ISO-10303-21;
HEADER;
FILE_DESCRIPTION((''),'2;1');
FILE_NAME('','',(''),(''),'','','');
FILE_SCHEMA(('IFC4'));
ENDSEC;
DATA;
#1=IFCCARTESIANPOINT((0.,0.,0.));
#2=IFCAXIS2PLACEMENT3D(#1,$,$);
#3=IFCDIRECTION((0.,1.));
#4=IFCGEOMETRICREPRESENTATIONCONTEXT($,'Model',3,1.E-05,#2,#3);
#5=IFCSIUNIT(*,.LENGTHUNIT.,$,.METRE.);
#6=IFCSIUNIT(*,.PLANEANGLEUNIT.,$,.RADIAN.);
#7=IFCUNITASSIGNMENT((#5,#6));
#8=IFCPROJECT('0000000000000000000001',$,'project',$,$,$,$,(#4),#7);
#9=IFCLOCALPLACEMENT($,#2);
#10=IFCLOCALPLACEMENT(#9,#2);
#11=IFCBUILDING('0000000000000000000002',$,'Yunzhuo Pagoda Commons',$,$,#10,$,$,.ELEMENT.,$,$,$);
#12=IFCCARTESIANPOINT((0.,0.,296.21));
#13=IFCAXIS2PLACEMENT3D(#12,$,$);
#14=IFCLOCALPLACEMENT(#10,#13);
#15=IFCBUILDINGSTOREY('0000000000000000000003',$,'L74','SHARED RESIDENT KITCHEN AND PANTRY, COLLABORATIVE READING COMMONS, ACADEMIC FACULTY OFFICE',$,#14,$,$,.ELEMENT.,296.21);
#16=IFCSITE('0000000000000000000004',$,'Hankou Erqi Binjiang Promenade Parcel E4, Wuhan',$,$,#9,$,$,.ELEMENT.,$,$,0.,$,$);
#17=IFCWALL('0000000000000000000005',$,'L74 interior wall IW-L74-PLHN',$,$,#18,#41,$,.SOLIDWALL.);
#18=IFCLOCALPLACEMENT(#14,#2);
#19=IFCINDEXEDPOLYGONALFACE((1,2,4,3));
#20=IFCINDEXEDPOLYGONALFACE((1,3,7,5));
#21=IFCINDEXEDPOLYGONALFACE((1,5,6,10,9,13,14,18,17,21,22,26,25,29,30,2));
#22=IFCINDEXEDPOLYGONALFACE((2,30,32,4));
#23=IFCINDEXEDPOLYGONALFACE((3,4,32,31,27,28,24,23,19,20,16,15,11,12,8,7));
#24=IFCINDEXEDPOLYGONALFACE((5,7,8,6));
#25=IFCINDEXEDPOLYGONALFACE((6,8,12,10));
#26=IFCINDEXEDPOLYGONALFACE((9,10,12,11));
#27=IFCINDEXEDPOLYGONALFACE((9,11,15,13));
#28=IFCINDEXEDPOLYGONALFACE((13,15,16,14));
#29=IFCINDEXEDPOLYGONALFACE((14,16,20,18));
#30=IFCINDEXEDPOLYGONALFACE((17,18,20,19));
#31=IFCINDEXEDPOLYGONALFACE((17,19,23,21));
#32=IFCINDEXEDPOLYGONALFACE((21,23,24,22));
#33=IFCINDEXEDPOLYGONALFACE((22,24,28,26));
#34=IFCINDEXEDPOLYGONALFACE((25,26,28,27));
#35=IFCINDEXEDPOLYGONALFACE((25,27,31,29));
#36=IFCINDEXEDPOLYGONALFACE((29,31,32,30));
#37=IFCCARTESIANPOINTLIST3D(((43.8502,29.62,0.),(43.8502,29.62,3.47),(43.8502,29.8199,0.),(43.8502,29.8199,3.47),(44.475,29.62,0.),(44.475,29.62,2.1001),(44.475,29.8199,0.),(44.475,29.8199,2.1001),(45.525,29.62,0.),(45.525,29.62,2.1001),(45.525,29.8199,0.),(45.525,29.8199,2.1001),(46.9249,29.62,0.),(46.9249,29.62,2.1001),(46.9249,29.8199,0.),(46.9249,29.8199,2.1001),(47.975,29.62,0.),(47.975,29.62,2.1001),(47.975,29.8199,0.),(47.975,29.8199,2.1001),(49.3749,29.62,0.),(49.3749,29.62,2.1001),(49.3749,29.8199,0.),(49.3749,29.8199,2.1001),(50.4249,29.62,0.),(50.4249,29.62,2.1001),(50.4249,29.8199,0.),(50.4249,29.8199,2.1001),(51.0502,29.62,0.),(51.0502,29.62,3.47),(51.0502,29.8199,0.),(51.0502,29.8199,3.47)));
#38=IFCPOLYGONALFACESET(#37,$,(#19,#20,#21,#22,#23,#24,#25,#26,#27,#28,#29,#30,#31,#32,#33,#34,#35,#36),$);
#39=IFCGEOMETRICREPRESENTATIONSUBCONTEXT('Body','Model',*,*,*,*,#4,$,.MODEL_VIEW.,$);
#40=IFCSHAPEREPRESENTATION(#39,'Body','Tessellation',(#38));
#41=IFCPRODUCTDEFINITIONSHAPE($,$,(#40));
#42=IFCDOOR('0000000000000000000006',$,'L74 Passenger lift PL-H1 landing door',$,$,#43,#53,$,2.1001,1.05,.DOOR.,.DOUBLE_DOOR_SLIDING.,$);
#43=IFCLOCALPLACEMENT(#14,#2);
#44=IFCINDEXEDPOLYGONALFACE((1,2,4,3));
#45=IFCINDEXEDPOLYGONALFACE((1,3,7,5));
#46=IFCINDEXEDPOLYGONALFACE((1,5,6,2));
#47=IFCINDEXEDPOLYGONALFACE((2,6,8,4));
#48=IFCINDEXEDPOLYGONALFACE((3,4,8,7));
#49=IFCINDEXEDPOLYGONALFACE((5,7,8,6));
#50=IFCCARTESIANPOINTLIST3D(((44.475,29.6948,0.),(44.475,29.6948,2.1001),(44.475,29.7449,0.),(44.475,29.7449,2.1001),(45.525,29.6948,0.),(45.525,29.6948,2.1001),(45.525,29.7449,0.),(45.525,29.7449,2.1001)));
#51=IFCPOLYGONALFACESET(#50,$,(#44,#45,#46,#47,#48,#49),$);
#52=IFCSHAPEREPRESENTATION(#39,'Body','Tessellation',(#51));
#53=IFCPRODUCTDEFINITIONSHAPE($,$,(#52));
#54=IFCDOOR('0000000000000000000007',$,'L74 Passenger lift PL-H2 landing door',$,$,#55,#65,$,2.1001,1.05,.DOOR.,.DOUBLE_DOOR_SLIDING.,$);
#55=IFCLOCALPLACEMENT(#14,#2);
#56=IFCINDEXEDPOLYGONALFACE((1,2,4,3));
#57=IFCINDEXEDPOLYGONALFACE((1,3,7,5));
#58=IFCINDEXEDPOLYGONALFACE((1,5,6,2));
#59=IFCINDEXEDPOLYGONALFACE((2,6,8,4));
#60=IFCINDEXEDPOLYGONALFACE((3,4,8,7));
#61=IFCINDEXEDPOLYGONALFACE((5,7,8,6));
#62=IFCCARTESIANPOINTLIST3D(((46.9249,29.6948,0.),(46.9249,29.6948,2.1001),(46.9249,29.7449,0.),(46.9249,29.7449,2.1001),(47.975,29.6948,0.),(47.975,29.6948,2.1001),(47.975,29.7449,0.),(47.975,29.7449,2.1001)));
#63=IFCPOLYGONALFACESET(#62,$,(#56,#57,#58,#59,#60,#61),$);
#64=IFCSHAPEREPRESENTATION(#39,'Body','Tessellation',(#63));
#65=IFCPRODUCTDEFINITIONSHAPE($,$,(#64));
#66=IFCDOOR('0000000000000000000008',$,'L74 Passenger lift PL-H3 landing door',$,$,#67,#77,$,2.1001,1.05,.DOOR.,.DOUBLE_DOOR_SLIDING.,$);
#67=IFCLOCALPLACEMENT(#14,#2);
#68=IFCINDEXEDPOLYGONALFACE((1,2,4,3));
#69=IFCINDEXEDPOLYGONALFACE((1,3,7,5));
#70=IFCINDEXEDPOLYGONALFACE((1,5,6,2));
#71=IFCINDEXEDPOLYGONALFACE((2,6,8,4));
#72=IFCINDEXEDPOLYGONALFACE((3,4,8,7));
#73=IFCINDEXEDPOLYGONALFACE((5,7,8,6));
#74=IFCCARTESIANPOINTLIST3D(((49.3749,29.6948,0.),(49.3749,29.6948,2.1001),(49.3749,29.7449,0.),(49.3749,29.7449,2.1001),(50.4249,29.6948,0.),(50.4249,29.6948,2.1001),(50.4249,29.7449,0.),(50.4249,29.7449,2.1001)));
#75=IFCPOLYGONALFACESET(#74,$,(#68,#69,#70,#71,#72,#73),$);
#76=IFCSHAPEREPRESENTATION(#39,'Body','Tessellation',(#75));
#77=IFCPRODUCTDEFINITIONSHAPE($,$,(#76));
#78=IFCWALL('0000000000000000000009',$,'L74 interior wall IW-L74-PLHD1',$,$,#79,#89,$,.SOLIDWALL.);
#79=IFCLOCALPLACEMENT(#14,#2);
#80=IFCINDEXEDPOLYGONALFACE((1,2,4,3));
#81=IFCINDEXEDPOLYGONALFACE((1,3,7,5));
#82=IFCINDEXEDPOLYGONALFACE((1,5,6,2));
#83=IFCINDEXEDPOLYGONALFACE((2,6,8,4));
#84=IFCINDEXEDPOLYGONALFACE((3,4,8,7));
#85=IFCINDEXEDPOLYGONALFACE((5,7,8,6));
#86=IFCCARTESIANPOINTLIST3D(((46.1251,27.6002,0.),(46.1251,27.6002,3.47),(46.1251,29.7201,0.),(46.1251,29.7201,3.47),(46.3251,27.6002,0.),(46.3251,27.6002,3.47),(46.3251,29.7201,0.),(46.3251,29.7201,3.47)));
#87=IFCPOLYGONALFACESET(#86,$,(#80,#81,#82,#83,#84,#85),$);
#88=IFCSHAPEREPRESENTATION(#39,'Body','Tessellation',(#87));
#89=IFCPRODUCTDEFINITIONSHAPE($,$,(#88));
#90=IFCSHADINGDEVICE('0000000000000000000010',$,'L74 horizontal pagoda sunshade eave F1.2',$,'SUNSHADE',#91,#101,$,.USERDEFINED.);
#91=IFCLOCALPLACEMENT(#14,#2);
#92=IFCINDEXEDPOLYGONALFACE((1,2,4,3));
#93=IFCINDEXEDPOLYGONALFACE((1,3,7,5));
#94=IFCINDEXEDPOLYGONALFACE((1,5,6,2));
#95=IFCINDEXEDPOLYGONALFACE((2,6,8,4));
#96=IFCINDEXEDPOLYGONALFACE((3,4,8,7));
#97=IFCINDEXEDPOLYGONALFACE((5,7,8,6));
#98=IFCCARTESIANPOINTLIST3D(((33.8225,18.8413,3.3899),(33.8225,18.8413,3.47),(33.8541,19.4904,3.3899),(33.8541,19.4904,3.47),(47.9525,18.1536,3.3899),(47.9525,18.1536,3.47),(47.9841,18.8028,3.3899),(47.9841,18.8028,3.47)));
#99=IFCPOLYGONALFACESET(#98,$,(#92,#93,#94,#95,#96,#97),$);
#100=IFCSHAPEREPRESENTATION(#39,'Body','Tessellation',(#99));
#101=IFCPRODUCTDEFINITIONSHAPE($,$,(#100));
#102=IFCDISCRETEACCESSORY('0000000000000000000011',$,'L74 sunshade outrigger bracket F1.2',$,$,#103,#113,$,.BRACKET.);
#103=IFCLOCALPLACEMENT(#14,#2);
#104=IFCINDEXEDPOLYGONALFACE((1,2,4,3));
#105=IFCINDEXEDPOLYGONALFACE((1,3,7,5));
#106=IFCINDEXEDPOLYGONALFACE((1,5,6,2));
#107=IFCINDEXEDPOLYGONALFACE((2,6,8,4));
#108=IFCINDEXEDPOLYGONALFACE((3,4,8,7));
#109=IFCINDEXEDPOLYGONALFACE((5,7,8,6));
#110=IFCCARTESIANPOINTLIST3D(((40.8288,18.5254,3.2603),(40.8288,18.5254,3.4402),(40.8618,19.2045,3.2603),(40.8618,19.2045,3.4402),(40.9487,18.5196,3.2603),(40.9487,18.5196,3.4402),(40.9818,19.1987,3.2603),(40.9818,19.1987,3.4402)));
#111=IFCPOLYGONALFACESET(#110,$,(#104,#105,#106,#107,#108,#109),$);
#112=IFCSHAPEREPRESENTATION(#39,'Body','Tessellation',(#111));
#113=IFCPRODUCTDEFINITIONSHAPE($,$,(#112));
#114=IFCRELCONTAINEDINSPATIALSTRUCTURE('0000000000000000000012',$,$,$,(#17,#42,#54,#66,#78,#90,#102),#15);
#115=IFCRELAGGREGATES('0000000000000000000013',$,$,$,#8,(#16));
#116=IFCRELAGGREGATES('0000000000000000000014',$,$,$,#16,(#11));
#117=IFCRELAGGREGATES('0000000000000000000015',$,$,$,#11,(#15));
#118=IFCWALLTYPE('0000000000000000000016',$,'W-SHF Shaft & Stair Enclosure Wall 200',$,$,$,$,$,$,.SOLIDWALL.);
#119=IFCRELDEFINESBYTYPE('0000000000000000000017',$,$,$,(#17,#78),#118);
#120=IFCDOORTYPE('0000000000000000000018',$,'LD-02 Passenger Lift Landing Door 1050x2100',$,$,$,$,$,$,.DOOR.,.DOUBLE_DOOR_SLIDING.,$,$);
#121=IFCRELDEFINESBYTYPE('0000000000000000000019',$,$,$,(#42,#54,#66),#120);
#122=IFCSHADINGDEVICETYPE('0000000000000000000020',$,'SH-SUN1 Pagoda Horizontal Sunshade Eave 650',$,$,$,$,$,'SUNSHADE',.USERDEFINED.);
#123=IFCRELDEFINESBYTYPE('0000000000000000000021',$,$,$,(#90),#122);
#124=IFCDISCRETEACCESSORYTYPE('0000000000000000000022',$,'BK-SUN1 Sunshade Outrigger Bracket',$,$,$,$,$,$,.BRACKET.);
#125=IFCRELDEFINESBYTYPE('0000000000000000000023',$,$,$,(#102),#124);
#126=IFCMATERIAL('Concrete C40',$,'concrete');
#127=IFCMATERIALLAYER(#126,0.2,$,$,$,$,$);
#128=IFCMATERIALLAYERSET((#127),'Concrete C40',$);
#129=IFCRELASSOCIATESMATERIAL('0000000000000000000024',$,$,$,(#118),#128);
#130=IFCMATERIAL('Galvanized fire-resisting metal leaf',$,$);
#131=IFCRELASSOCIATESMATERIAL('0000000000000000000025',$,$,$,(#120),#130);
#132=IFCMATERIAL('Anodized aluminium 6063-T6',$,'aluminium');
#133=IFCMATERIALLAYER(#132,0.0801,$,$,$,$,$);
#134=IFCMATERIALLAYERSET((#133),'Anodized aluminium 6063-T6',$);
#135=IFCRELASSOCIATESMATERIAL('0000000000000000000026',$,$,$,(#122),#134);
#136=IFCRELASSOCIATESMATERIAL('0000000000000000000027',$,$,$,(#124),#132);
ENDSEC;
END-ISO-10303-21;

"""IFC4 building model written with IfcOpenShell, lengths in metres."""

from ifc_helpers import new_model, si_unit, direction, frame, frame_2d, origin, origin_with_axes, origin_2d, place, context, subcontext, project, spatial, rectangle, extrude, source, transform, mapped, material, layer, layer_set, type_object, element, fill, save


model = new_model("IFC4")

# Units and contexts
model_context = context("Model", 3, precision=1e-05, world=origin(), true_north=direction((0.0, 1.0)))
body_context = subcontext(model_context, "Body", "Model", "MODEL_VIEW")
ifc_project = project(units=[si_unit("LENGTHUNIT", "METRE"), si_unit("PLANEANGLEUNIT", "RADIAN")], contexts=[model_context])

# Site, building, storey
site_placement = place(None, origin())
site = spatial("IfcSite", under=ifc_project, at=site_placement, Name="Hankou Erqi Binjiang Promenade Parcel E4, Wuhan", CompositionType="ELEMENT", RefElevation=0.0)
building_placement = place(site_placement, origin())
building = spatial("IfcBuilding", under=site, at=building_placement, Name="Yunzhuo Pagoda Commons", CompositionType="ELEMENT")
storey_placement = place(building_placement, frame((0.0, 0.0, 296.21)))
storey = spatial("IfcBuildingStorey", under=building, at=storey_placement, Name="L74", Description="SHARED RESIDENT KITCHEN AND PANTRY, COLLABORATIVE READING COMMONS, ACADEMIC FACULTY OFFICE", CompositionType="ELEMENT", Elevation=296.21)

# Shared definitions
ifc_material_1 = material(Name="Anodized aluminium 6063-T6", Category="aluminium")

# Shared definitions
ifc_material_2 = material(Name="Galvanized fire-resisting metal leaf")

# Shared definitions
ifc_material_3 = material(Name="Concrete C40", Category="concrete")
ifc_layer_1 = layer(ifc_material_3, 0.2)
ifc_layer_set_1 = layer_set([ifc_layer_1], Name="Concrete C40")
wall_type_1 = type_object("IfcWallType", Name="W-SHF Shaft & Stair Enclosure Wall 200", PredefinedType="SOLIDWALL", material=ifc_layer_set_1)
shared_shape_1 = source(origin(), body_context, "Body", "SweptSolid", [
    extrude(rectangle(XDim=1.05, YDim=2.1001, at=frame_2d((0.5249, 1.05))), frame((0.0, 0.0249, 0.0), z_axis=(0.0, -1.0, 0.0), x_axis=(1.0, 0.0, 0.0)), (0.0, 0.0, 1.0), 0.05),
])

# Wall, openings, doors
wall_1_placement = place(storey_placement, frame((43.8501, 29.72, 0.0), z_axis=(0.0, 0.0, 1.0), x_axis=(1.0, 0.0, 0.0)))
wall_1 = element("IfcWall", 1, at=wall_1_placement, inside=storey, type_object=wall_type_1, Name="L74 interior wall IW-L74-PLHN", PredefinedType="SOLIDWALL", context=body_context, shape_type="SweptSolid", body=[
    extrude(rectangle(XDim=7.2, YDim=0.2, at=frame_2d((3.6001, 0.0))), origin(), (0.0, 0.0, 1.0), 3.47),
])
opening_1_placement = place(wall_1_placement, frame((0.625, 0.0, 0.0)))
opening_1 = element("IfcOpeningElement", 2, at=opening_1_placement, cuts=wall_1, PredefinedType="OPENING", context=body_context, shape_type="SweptSolid", body=[
    extrude(rectangle(XDim=1.05, YDim=2.1001, at=frame_2d((0.5249, 1.05))), frame((0.0, 0.1099, 0.0), z_axis=(0.0, -1.0, 0.0), x_axis=(1.0, 0.0, 0.0)), (0.0, 0.0, 1.0), 0.22),
])
opening_2_placement = place(wall_1_placement, frame((3.075, 0.0, 0.0)))
opening_2 = element("IfcOpeningElement", 3, at=opening_2_placement, cuts=wall_1, PredefinedType="OPENING", context=body_context, shape_type="SweptSolid", body=[
    extrude(rectangle(XDim=1.05, YDim=2.1001, at=frame_2d((0.5249, 1.05))), frame((0.0, 0.1099, 0.0), z_axis=(0.0, -1.0, 0.0), x_axis=(1.0, 0.0, 0.0)), (0.0, 0.0, 1.0), 0.22),
])
opening_3_placement = place(wall_1_placement, frame((5.5249, 0.0, 0.0)))
opening_3 = element("IfcOpeningElement", 4, at=opening_3_placement, cuts=wall_1, PredefinedType="OPENING", context=body_context, shape_type="SweptSolid", body=[
    extrude(rectangle(XDim=1.05, YDim=2.1001, at=frame_2d((0.5249, 1.05))), frame((0.0, 0.1099, 0.0), z_axis=(0.0, -1.0, 0.0), x_axis=(1.0, 0.0, 0.0)), (0.0, 0.0, 1.0), 0.22),
])
door_type_1 = type_object("IfcDoorType", Name="LD-02 Passenger Lift Landing Door 1050x2100", OperationType="DOUBLE_DOOR_SLIDING", PredefinedType="DOOR", material=ifc_material_2)
door_1_placement = place(opening_1_placement, origin_with_axes())
door_1 = element("IfcDoor", 5, at=door_1_placement, inside=storey, type_object=door_type_1, Name="L74 Passenger lift PL-H1 landing door", OperationType="DOUBLE_DOOR_SLIDING", OverallHeight=2.1001, OverallWidth=1.05, PredefinedType="DOOR", context=body_context, shape_type="MappedRepresentation", body=[
    mapped(shared_shape_1, transform((0.0, 0.0, 0.0), scale=1.0)),
])
fill(opening_1, door_1)
door_2_placement = place(opening_2_placement, origin_with_axes())
door_2 = element("IfcDoor", 6, at=door_2_placement, inside=storey, type_object=door_type_1, Name="L74 Passenger lift PL-H2 landing door", OperationType="DOUBLE_DOOR_SLIDING", OverallHeight=2.1001, OverallWidth=1.05, PredefinedType="DOOR", context=body_context, shape_type="MappedRepresentation", body=[
    mapped(shared_shape_1, transform((0.0, 0.0, 0.0), scale=1.0)),
])
fill(opening_2, door_2)
door_3_placement = place(opening_3_placement, origin_with_axes())
door_3 = element("IfcDoor", 7, at=door_3_placement, inside=storey, type_object=door_type_1, Name="L74 Passenger lift PL-H3 landing door", OperationType="DOUBLE_DOOR_SLIDING", OverallHeight=2.1001, OverallWidth=1.05, PredefinedType="DOOR", context=body_context, shape_type="MappedRepresentation", body=[
    mapped(shared_shape_1, transform((0.0, 0.0, 0.0), scale=1.0)),
])
fill(opening_3, door_3)

# Wall
wall_2_placement = place(storey_placement, frame((46.2251, 27.6001, 0.0), z_axis=(0.0, 0.0, 1.0), x_axis=(0.0, 1.0, 0.0)))
element("IfcWall", 8, at=wall_2_placement, inside=storey, type_object=wall_type_1, Name="L74 interior wall IW-L74-PLHD1", PredefinedType="SOLIDWALL", context=body_context, shape_type="SweptSolid", body=[
    extrude(rectangle(XDim=2.1199, YDim=0.2, at=frame_2d((1.0601, 0.0))), origin(), (0.0, 0.0, 1.0), 3.47),
])

# Shading device
ifc_layer_2 = layer(ifc_material_1, 0.0801)
ifc_layer_set_2 = layer_set([ifc_layer_2], Name="Anodized aluminium 6063-T6")
shading_device_type = type_object("IfcShadingDeviceType", Name="SH-SUN1 Pagoda Horizontal Sunshade Eave 650", ElementType="SUNSHADE", PredefinedType="USERDEFINED", material=ifc_layer_set_2)
shared_shape_2 = source(origin(), body_context, "Body", "SweptSolid", [
    extrude(rectangle(XDim=14.1467, YDim=0.6499, at=origin_2d()), origin(), (0.0, 0.0, 1.0), 0.0801),
])
shading_device_placement = place(storey_placement, frame((40.9033, 18.822, 3.3899), z_axis=(0.0, 0.0, 1.0), x_axis=(0.998818, -0.048606, 0.0)))
element("IfcShadingDevice", 9, at=shading_device_placement, inside=storey, type_object=shading_device_type, Name="L74 horizontal pagoda sunshade eave F1.2", ObjectType="SUNSHADE", PredefinedType="USERDEFINED", context=body_context, shape_type="MappedRepresentation", body=[
    mapped(shared_shape_2, transform((0.0, 0.0, 0.0), scale=1.0)),
])

# Discrete accessory
discrete_accessory_type = type_object("IfcDiscreteAccessoryType", Name="BK-SUN1 Sunshade Outrigger Bracket", PredefinedType="BRACKET", material=ifc_material_1)
shared_shape_3 = source(origin(), body_context, "Body", "SweptSolid", [
    extrude(rectangle(XDim=0.1201, YDim=0.6799, at=origin_2d()), origin(), (0.0, 0.0, 1.0), 0.1799),
])
discrete_accessory_placement = place(storey_placement, frame((40.9053, 18.8621, 3.2603), z_axis=(0.0, 0.0, 1.0), x_axis=(0.998818, -0.048606, 0.0)))
element("IfcDiscreteAccessory", 10, at=discrete_accessory_placement, inside=storey, type_object=discrete_accessory_type, Name="L74 sunshade outrigger bracket F1.2", PredefinedType="BRACKET", context=body_context, shape_type="MappedRepresentation", body=[
    mapped(shared_shape_3, transform((0.0, 0.0, 0.0), scale=1.0)),
])

save(model, "model.ifc")
